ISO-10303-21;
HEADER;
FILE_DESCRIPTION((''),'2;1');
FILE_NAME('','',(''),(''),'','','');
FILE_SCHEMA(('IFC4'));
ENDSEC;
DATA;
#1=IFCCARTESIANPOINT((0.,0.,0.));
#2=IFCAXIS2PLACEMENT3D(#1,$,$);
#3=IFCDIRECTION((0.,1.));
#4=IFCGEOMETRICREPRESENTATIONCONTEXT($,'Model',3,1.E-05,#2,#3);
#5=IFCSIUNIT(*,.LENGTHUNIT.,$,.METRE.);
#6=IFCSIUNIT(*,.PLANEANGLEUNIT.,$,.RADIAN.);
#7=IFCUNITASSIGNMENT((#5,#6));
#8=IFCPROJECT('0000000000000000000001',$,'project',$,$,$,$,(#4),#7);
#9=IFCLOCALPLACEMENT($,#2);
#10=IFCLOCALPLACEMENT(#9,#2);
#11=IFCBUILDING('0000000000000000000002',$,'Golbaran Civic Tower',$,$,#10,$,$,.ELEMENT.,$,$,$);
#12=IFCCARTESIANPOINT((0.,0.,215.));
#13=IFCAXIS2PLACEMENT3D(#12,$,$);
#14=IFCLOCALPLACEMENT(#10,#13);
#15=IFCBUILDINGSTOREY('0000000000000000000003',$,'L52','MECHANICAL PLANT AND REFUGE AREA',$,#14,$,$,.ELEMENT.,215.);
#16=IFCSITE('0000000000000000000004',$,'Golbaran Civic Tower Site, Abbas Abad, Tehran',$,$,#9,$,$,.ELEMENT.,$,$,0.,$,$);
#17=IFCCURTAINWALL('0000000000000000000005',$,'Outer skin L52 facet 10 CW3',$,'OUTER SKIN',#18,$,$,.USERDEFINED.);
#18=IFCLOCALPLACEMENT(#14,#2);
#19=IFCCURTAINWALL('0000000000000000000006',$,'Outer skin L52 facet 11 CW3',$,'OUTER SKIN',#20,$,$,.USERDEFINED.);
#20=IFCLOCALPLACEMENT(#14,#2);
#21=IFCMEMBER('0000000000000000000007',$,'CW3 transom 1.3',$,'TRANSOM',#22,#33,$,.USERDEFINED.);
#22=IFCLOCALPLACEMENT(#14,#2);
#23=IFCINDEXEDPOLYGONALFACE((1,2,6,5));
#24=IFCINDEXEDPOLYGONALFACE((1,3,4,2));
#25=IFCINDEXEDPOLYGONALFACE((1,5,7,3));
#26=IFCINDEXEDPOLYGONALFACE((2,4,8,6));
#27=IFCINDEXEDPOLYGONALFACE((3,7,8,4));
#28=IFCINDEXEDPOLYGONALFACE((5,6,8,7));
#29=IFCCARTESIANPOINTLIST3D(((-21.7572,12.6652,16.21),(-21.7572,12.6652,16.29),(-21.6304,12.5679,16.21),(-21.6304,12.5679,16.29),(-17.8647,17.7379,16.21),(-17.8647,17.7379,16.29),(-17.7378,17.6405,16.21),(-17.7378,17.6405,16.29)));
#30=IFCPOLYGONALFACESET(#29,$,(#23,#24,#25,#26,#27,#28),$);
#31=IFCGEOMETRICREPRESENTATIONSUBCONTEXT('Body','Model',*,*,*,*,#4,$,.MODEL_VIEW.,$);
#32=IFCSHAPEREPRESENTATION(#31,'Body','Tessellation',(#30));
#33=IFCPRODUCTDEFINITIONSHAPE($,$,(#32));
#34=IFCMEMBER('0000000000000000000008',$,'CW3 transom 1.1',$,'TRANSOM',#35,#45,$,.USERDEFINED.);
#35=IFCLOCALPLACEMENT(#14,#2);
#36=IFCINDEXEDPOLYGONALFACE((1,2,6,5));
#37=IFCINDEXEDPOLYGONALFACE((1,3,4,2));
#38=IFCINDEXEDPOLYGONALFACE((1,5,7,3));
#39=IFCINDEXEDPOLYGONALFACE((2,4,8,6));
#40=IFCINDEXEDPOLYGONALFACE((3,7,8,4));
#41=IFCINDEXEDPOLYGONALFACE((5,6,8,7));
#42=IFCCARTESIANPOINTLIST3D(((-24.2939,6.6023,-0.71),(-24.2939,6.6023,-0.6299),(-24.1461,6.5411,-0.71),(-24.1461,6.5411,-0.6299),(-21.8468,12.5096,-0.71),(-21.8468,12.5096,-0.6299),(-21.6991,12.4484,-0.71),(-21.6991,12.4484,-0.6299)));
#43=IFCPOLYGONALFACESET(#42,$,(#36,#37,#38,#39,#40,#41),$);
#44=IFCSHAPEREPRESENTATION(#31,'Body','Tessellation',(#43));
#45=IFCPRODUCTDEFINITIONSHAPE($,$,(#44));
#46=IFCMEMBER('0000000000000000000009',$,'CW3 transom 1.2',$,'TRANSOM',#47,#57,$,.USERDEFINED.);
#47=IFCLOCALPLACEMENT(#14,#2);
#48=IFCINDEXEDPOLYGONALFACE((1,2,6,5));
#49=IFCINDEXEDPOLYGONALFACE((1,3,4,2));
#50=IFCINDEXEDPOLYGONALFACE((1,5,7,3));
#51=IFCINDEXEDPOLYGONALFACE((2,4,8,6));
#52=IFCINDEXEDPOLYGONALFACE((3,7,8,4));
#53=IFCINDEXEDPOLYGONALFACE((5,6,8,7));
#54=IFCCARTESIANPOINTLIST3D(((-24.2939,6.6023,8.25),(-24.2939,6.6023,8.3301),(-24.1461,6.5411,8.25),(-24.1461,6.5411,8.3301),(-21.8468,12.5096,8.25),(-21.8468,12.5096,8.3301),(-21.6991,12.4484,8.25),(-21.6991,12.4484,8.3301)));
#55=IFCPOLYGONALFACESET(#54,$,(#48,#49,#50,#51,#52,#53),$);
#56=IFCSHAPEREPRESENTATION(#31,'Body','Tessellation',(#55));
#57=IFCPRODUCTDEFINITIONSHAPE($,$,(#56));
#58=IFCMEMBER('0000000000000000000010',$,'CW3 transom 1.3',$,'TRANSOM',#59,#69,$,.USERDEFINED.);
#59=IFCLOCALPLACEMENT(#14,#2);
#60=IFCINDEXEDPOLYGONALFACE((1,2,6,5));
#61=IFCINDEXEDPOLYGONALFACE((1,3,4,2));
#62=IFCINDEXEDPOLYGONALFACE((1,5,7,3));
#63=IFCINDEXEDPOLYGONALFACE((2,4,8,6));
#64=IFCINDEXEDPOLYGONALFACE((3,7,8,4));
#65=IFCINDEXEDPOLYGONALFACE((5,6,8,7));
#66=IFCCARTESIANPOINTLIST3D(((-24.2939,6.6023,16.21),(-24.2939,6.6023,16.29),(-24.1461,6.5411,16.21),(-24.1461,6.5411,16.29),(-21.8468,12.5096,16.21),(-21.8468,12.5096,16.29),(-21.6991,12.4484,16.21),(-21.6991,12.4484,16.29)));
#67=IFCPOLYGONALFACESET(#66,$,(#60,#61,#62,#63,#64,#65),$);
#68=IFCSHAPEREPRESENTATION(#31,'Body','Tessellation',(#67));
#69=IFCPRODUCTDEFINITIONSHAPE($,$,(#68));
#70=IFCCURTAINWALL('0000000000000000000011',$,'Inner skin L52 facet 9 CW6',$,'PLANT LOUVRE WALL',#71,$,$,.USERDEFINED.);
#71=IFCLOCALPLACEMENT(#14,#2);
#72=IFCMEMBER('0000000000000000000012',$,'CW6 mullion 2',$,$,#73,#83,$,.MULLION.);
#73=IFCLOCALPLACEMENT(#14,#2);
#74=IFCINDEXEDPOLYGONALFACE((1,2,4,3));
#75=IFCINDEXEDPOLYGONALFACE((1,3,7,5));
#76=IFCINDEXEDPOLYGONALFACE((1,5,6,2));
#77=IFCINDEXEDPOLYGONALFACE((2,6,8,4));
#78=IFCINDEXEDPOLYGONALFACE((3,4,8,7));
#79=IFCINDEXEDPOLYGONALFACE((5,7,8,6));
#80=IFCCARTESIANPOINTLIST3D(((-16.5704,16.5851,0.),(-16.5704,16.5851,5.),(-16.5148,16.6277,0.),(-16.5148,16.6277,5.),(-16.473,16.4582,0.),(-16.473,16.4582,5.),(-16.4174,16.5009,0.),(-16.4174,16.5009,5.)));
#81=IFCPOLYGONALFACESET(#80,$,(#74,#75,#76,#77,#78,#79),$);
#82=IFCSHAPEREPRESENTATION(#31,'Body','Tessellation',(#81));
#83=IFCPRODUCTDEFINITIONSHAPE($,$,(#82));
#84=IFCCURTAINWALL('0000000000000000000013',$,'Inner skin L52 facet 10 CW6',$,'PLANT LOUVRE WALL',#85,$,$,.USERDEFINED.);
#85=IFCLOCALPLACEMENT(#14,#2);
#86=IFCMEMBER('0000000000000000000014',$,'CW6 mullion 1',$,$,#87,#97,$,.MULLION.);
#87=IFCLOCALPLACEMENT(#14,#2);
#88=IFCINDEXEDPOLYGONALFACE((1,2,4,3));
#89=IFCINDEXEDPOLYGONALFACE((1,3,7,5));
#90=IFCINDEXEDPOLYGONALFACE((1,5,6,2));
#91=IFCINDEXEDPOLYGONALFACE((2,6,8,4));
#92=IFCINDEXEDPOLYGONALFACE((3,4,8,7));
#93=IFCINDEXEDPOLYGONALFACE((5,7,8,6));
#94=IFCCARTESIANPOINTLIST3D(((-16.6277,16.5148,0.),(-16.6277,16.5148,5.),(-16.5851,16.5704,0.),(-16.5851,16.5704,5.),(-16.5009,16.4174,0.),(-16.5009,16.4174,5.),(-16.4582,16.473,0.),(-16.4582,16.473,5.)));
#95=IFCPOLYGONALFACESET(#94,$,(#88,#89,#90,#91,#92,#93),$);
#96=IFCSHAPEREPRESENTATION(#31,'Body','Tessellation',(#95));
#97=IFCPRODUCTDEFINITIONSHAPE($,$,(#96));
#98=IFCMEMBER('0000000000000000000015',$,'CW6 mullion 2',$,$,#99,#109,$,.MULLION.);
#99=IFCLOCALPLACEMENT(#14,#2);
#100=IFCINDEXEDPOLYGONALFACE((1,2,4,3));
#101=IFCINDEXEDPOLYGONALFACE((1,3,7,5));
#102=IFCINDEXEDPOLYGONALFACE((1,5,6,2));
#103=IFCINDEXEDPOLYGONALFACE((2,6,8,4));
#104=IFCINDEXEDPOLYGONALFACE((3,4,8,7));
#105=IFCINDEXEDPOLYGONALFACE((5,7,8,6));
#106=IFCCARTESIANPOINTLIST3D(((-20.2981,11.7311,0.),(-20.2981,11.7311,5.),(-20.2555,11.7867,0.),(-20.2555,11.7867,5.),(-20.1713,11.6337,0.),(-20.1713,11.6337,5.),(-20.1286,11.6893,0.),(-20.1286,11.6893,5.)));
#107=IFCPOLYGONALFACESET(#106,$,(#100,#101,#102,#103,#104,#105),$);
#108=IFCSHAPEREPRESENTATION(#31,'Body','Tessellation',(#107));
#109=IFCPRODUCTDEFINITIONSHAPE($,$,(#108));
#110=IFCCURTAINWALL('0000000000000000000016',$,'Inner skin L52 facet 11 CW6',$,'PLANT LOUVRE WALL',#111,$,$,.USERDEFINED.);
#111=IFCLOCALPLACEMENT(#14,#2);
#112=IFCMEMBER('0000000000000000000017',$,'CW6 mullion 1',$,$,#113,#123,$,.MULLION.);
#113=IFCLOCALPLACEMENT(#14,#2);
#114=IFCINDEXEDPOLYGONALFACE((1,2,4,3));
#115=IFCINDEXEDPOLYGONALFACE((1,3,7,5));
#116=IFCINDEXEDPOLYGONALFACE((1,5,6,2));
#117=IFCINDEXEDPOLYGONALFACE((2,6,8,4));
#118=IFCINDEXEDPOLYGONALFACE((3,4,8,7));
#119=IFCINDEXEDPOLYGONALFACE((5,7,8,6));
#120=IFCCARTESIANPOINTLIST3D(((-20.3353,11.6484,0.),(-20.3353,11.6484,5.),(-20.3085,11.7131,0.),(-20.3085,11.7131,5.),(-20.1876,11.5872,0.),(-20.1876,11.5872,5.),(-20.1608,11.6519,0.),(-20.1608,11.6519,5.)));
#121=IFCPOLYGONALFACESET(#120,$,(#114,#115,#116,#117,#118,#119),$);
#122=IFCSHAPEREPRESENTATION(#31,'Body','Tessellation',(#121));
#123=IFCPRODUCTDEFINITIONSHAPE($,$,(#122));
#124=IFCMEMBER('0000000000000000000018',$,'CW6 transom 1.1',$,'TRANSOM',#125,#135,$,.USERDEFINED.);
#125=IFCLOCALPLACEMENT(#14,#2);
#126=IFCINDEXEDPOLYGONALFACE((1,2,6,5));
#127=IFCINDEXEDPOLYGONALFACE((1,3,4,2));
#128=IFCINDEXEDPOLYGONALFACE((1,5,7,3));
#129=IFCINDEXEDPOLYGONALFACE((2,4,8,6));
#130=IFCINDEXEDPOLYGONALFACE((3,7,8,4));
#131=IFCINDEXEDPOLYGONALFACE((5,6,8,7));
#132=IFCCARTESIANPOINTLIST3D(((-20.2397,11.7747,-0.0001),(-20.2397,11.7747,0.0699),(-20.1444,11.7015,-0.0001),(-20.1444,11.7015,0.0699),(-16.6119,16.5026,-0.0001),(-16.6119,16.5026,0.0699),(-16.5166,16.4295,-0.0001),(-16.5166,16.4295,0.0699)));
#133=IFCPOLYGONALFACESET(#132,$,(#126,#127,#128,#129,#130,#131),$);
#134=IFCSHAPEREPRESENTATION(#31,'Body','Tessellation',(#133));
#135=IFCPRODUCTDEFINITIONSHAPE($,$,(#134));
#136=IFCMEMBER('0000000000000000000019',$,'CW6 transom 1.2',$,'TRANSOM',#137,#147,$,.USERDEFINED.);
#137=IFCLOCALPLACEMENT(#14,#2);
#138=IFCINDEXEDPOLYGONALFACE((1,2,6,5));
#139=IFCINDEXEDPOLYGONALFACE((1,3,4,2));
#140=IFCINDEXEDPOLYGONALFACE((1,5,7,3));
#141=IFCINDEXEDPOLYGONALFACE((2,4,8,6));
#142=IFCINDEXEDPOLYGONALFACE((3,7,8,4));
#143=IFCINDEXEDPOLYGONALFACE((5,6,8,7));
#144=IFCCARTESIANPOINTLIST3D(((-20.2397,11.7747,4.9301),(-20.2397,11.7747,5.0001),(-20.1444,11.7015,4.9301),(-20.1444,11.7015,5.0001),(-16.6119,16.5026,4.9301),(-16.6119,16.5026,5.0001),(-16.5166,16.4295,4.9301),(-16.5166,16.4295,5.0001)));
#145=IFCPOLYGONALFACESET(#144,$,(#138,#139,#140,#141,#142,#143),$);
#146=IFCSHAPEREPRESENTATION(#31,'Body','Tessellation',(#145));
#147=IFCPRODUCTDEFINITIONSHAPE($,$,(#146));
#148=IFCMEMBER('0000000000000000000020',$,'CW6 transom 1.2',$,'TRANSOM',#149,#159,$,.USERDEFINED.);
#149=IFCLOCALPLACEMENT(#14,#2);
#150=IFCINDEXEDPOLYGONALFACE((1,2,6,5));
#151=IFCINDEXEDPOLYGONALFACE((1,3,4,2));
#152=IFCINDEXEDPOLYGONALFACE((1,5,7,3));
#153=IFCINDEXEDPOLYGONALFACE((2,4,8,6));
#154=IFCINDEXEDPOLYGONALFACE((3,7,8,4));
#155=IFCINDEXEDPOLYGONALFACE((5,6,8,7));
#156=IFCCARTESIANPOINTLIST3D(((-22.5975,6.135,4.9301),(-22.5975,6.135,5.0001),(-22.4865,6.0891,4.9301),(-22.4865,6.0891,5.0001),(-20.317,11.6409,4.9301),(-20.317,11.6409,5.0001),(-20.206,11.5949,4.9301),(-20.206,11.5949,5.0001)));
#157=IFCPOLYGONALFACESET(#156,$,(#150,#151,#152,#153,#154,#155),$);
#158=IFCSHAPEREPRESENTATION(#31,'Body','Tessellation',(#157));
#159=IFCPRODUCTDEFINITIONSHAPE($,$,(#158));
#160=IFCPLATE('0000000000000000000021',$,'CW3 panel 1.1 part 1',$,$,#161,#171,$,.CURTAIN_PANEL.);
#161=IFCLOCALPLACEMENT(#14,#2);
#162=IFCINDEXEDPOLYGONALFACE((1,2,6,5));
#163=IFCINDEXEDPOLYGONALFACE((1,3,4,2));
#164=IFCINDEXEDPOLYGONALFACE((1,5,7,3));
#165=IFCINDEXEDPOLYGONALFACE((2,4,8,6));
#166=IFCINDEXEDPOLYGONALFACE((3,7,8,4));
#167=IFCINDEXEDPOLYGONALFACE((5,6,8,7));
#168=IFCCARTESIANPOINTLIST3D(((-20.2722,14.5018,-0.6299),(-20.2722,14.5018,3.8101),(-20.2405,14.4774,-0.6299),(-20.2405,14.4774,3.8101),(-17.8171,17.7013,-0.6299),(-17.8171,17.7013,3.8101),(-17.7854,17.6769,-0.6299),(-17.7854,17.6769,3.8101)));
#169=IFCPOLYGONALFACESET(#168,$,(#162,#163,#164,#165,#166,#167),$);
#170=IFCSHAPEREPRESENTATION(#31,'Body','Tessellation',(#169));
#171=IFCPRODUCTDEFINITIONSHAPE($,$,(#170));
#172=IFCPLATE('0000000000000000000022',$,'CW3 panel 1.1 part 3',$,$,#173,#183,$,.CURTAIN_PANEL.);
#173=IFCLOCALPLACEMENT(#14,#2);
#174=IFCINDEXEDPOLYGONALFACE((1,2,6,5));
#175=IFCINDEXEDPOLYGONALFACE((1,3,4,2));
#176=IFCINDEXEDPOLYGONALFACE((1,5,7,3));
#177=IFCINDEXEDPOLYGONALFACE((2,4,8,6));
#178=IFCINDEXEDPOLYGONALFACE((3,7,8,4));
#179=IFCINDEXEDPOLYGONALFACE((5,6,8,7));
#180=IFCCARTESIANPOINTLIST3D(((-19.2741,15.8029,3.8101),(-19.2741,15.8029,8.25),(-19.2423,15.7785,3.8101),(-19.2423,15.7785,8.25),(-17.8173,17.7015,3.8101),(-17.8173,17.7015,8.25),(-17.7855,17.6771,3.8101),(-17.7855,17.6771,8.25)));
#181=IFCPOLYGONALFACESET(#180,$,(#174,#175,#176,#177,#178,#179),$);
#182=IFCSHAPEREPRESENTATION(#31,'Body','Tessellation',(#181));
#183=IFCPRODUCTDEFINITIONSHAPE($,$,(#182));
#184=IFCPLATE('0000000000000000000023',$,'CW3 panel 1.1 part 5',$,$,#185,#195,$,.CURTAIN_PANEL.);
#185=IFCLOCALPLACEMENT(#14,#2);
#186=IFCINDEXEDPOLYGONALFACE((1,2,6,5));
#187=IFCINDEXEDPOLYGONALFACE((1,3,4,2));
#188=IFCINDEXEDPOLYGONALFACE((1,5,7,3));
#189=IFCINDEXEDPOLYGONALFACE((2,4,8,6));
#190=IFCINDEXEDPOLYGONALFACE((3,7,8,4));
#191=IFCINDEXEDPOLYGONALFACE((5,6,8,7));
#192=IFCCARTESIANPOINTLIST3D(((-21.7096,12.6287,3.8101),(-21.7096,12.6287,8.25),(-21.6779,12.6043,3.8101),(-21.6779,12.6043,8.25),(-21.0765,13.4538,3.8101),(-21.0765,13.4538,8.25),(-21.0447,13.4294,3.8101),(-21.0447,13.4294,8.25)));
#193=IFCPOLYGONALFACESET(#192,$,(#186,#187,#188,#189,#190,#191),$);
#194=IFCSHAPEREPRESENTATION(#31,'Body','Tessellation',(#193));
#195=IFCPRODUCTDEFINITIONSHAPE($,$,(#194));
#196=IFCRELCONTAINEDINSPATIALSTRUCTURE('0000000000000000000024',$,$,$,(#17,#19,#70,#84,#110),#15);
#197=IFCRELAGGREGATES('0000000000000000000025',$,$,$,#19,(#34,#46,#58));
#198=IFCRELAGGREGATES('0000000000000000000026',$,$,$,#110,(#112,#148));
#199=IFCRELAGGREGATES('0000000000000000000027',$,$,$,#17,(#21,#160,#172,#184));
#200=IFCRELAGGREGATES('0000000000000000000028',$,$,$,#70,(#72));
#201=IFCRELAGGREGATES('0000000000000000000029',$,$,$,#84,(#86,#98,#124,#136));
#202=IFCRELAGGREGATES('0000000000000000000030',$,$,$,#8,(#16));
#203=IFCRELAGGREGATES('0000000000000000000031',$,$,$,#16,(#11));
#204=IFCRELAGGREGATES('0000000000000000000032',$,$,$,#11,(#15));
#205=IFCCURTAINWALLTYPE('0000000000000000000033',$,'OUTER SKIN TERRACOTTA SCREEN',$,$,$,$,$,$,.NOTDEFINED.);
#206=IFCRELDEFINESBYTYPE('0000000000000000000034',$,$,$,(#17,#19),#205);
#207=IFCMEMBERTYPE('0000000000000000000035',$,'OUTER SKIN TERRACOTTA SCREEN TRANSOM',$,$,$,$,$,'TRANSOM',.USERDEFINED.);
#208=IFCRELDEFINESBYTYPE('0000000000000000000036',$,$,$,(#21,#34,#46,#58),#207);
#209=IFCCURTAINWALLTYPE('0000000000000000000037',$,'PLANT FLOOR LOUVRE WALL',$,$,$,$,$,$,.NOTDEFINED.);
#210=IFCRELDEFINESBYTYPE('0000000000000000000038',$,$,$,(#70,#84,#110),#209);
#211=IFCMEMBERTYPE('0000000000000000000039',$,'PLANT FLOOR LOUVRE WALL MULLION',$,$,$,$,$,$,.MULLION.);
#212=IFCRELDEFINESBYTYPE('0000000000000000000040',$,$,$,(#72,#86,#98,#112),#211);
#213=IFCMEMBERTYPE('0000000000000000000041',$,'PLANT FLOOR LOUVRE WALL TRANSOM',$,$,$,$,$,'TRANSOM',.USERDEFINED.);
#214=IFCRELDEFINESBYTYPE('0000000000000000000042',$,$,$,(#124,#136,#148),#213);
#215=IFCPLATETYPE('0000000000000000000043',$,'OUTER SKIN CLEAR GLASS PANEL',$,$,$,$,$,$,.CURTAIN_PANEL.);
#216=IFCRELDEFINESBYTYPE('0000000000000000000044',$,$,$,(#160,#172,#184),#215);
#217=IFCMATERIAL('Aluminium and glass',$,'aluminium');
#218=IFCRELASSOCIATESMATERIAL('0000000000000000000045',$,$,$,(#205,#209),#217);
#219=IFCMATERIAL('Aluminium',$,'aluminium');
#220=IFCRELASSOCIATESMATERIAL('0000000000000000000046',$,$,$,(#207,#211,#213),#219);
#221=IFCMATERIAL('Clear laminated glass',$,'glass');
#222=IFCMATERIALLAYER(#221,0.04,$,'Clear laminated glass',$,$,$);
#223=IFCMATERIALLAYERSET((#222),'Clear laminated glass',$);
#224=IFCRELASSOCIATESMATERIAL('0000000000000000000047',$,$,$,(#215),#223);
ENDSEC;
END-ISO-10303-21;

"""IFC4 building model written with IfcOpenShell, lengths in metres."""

from ifc_helpers import new_model, si_unit, direction, frame, origin, origin_2d, place, context, subcontext, project, spatial, rectangle, extrude, material, layer, layer_set, material_profile, profile_set, type_object, element, aggregate, save


model = new_model("IFC4")

# Units and contexts
model_context = context("Model", 3, precision=1e-05, world=origin(), true_north=direction((0.0, 1.0)))
body_context = subcontext(model_context, "Body", "Model", "MODEL_VIEW")
ifc_project = project(units=[si_unit("LENGTHUNIT", "METRE"), si_unit("PLANEANGLEUNIT", "RADIAN")], contexts=[model_context])

# Site, building, storey
site_placement = place(None, origin())
site = spatial("IfcSite", under=ifc_project, at=site_placement, Name="Golbaran Civic Tower Site, Abbas Abad, Tehran", CompositionType="ELEMENT", RefElevation=0.0)
building_placement = place(site_placement, origin())
building = spatial("IfcBuilding", under=site, at=building_placement, Name="Golbaran Civic Tower", CompositionType="ELEMENT")
storey_placement = place(building_placement, frame((0.0, 0.0, 215.0)))
storey = spatial("IfcBuildingStorey", under=building, at=storey_placement, Name="L52", Description="MECHANICAL PLANT AND REFUGE AREA", CompositionType="ELEMENT", Elevation=215.0)

# Curtain wall
ifc_material_1 = material(Name="Aluminium and glass", Category="aluminium")
curtain_wall_type_1 = type_object("IfcCurtainWallType", Name="OUTER SKIN TERRACOTTA SCREEN", PredefinedType="NOTDEFINED", material=ifc_material_1)
ifc_material_2 = material(Name="Aluminium", Category="aluminium")
curtain_wall_1_placement = place(storey_placement, origin())
curtain_wall_1 = element("IfcCurtainWall", 1, at=curtain_wall_1_placement, inside=storey, type_object=curtain_wall_type_1, Name="Outer skin L52 facet 10 CW3", ObjectType="OUTER SKIN", PredefinedType="USERDEFINED")

# Curtain wall
curtain_wall_2_placement = place(storey_placement, origin())
curtain_wall_2 = element("IfcCurtainWall", 2, at=curtain_wall_2_placement, inside=storey, type_object=curtain_wall_type_1, Name="Outer skin L52 facet 11 CW3", ObjectType="OUTER SKIN", PredefinedType="USERDEFINED")

# Members
ifc_material_profile_1 = material_profile(ifc_material_2, rectangle(XDim=0.1599, YDim=0.0801, at=origin_2d()), Name="OUTER SKIN TERRACOTTA SCREEN TRANSOM")
ifc_profile_set_1 = profile_set([ifc_material_profile_1], Name="Aluminium")
member_type_1 = type_object("IfcMemberType", Name="OUTER SKIN TERRACOTTA SCREEN TRANSOM", ElementType="TRANSOM", PredefinedType="USERDEFINED", material=ifc_profile_set_1)
member_1_placement = place(storey_placement, frame((-17.8013, 17.6892, 16.25), z_axis=(-0.608773, -0.793344, 0.0), x_axis=(0.793344, -0.608773, 0.0)))
member_1 = element("IfcMember", 3, at=member_1_placement, type_object=member_type_1, Name="CW3 transom 1.3", ObjectType="TRANSOM", PredefinedType="USERDEFINED", context=body_context, shape_type="SweptSolid", body=[
    extrude(rectangle(XDim=0.1599, YDim=0.0801, at=origin_2d()), origin(), (0.0, 0.0, 1.0), 6.394),
])
member_2_placement = place(storey_placement, frame((-21.7729, 12.479, -0.6699), z_axis=(-0.382706, -0.92387, 0.0), x_axis=(0.92387, -0.382706, 0.0)))
member_2 = element("IfcMember", 4, at=member_2_placement, type_object=member_type_1, Name="CW3 transom 1.1", ObjectType="TRANSOM", PredefinedType="USERDEFINED", context=body_context, shape_type="SweptSolid", body=[
    extrude(rectangle(XDim=0.1599, YDim=0.0801, at=origin_2d()), origin(), (0.0, 0.0, 1.0), 6.394),
])
member_3_placement = place(storey_placement, frame((-21.7729, 12.479, 8.29), z_axis=(-0.382706, -0.92387, 0.0), x_axis=(0.92387, -0.382706, 0.0)))
member_3 = element("IfcMember", 5, at=member_3_placement, type_object=member_type_1, Name="CW3 transom 1.2", ObjectType="TRANSOM", PredefinedType="USERDEFINED", context=body_context, shape_type="SweptSolid", body=[
    extrude(rectangle(XDim=0.1599, YDim=0.0801, at=origin_2d()), origin(), (0.0, 0.0, 1.0), 6.394),
])
member_4_placement = place(storey_placement, frame((-21.7729, 12.479, 16.25), z_axis=(-0.382706, -0.92387, 0.0), x_axis=(0.92387, -0.382706, 0.0)))
member_4 = element("IfcMember", 6, at=member_4_placement, type_object=member_type_1, Name="CW3 transom 1.3", ObjectType="TRANSOM", PredefinedType="USERDEFINED", context=body_context, shape_type="SweptSolid", body=[
    extrude(rectangle(XDim=0.1599, YDim=0.0801, at=origin_2d()), origin(), (0.0, 0.0, 1.0), 6.394),
])
aggregate(curtain_wall_2, [member_2, member_3, member_4])

# Curtain wall, member
curtain_wall_type_2 = type_object("IfcCurtainWallType", Name="PLANT FLOOR LOUVRE WALL", PredefinedType="NOTDEFINED", material=ifc_material_1)
curtain_wall_3_placement = place(storey_placement, origin())
curtain_wall_3 = element("IfcCurtainWall", 7, at=curtain_wall_3_placement, inside=storey, type_object=curtain_wall_type_2, Name="Inner skin L52 facet 9 CW6", ObjectType="PLANT LOUVRE WALL", PredefinedType="USERDEFINED")
ifc_material_profile_2 = material_profile(ifc_material_2, rectangle(XDim=0.1599, YDim=0.0701, at=origin_2d()), Name="PLANT FLOOR LOUVRE WALL MULLION")
ifc_profile_set_2 = profile_set([ifc_material_profile_2], Name="Aluminium")
member_type_2 = type_object("IfcMemberType", Name="PLANT FLOOR LOUVRE WALL MULLION", PredefinedType="MULLION", material=ifc_profile_set_2)
member_5_placement = place(storey_placement, frame((-16.4939, 16.543, 0.0), z_axis=(0.0, 0.0, 1.0), x_axis=(0.608761, -0.793353, 0.0)))
member_5 = element("IfcMember", 8, at=member_5_placement, type_object=member_type_2, Name="CW6 mullion 2", PredefinedType="MULLION", context=body_context, shape_type="SweptSolid", body=[
    extrude(rectangle(XDim=0.1599, YDim=0.0701, at=origin_2d()), origin(), (0.0, 0.0, 1.0), 5.0),
])

# Curtain wall, members
curtain_wall_4_placement = place(storey_placement, origin())
curtain_wall_4 = element("IfcCurtainWall", 9, at=curtain_wall_4_placement, inside=storey, type_object=curtain_wall_type_2, Name="Inner skin L52 facet 10 CW6", ObjectType="PLANT LOUVRE WALL", PredefinedType="USERDEFINED")
member_6_placement = place(storey_placement, frame((-16.543, 16.4939, 0.0), z_axis=(0.0, 0.0, 1.0), x_axis=(0.793353, -0.608761, 0.0)))
member_6 = element("IfcMember", 10, at=member_6_placement, type_object=member_type_2, Name="CW6 mullion 1", PredefinedType="MULLION", context=body_context, shape_type="SweptSolid", body=[
    extrude(rectangle(XDim=0.1599, YDim=0.0701, at=origin_2d()), origin(), (0.0, 0.0, 1.0), 5.0),
])
member_7_placement = place(storey_placement, frame((-20.2134, 11.7102, 0.0), z_axis=(0.0, 0.0, 1.0), x_axis=(0.793353, -0.608761, 0.0)))
member_7 = element("IfcMember", 11, at=member_7_placement, type_object=member_type_2, Name="CW6 mullion 2", PredefinedType="MULLION", context=body_context, shape_type="SweptSolid", body=[
    extrude(rectangle(XDim=0.1599, YDim=0.0701, at=origin_2d()), origin(), (0.0, 0.0, 1.0), 5.0),
])

# Curtain wall, member
curtain_wall_5_placement = place(storey_placement, origin())
curtain_wall_5 = element("IfcCurtainWall", 12, at=curtain_wall_5_placement, inside=storey, type_object=curtain_wall_type_2, Name="Inner skin L52 facet 11 CW6", ObjectType="PLANT LOUVRE WALL", PredefinedType="USERDEFINED")
member_8_placement = place(storey_placement, frame((-20.248, 11.6501, 0.0), z_axis=(0.0, 0.0, 1.0), x_axis=(0.92388, -0.382683, 0.0)))
member_8 = element("IfcMember", 13, at=member_8_placement, type_object=member_type_2, Name="CW6 mullion 1", PredefinedType="MULLION", context=body_context, shape_type="SweptSolid", body=[
    extrude(rectangle(XDim=0.1599, YDim=0.0701, at=origin_2d()), origin(), (0.0, 0.0, 1.0), 5.0),
])

# Members
ifc_material_profile_3 = material_profile(ifc_material_2, rectangle(XDim=0.1201, YDim=0.0701, at=origin_2d()), Name="PLANT FLOOR LOUVRE WALL TRANSOM")
ifc_profile_set_3 = profile_set([ifc_material_profile_3], Name="Aluminium")
member_type_3 = type_object("IfcMemberType", Name="PLANT FLOOR LOUVRE WALL TRANSOM", ElementType="TRANSOM", PredefinedType="USERDEFINED", material=ifc_profile_set_3)
member_9_placement = place(storey_placement, frame((-16.5642, 16.4661, 0.0349), z_axis=(-0.60876, -0.793354, 0.0), x_axis=(0.793354, -0.60876, 0.0)))
member_9 = element("IfcMember", 14, at=member_9_placement, type_object=member_type_3, Name="CW6 transom 1.1", ObjectType="TRANSOM", PredefinedType="USERDEFINED", context=body_context, shape_type="SweptSolid", body=[
    extrude(rectangle(XDim=0.1201, YDim=0.0701, at=origin_2d()), origin(), (0.0, 0.0, 1.0), 5.9595),
])
member_10_placement = place(storey_placement, frame((-16.5642, 16.4661, 4.9651), z_axis=(-0.60876, -0.793354, 0.0), x_axis=(0.793354, -0.60876, 0.0)))
member_10 = element("IfcMember", 15, at=member_10_placement, type_object=member_type_3, Name="CW6 transom 1.2", ObjectType="TRANSOM", PredefinedType="USERDEFINED", context=body_context, shape_type="SweptSolid", body=[
    extrude(rectangle(XDim=0.1201, YDim=0.0701, at=origin_2d()), origin(), (0.0, 0.0, 1.0), 5.9595),
])
member_11_placement = place(storey_placement, frame((-20.2615, 11.6179, 4.9651), z_axis=(-0.382671, -0.923885, 0.0), x_axis=(0.923885, -0.382671, 0.0)))
member_11 = element("IfcMember", 16, at=member_11_placement, type_object=member_type_3, Name="CW6 transom 1.2", ObjectType="TRANSOM", PredefinedType="USERDEFINED", context=body_context, shape_type="SweptSolid", body=[
    extrude(rectangle(XDim=0.1201, YDim=0.0701, at=origin_2d()), origin(), (0.0, 0.0, 1.0), 5.9595),
])
aggregate(curtain_wall_5, [member_8, member_11])

# Plates
ifc_material_3 = material(Name="Clear laminated glass", Category="glass")
ifc_layer_1 = layer(ifc_material_3, 0.04, Name="Clear laminated glass")
ifc_layer_set_1 = layer_set([ifc_layer_1], Name="Clear laminated glass")
plate_type_1 = type_object("IfcPlateType", Name="OUTER SKIN CLEAR GLASS PANEL", PredefinedType="CURTAIN_PANEL", material=ifc_layer_set_1)
plate_1_placement = place(storey_placement, frame((-19.0288, 16.0894, -0.6299), z_axis=(0.0, 0.0, 1.0), x_axis=(-0.608761, -0.793353, 0.0)))
plate_1 = element("IfcPlate", 17, at=plate_1_placement, type_object=plate_type_1, Name="CW3 panel 1.1 part 1", PredefinedType="CURTAIN_PANEL", context=body_context, shape_type="SweptSolid", body=[
    extrude(rectangle(XDim=4.033, YDim=0.04, at=origin_2d()), origin(), (0.0, 0.0, 1.0), 4.4399),
])
plate_2_placement = place(storey_placement, frame((-18.5298, 16.74, 3.8101), z_axis=(0.0, 0.0, 1.0), x_axis=(-0.608761, -0.793353, 0.0)))
plate_2 = element("IfcPlate", 18, at=plate_2_placement, type_object=plate_type_1, Name="CW3 panel 1.1 part 3", PredefinedType="CURTAIN_PANEL", context=body_context, shape_type="SweptSolid", body=[
    extrude(rectangle(XDim=2.3931, YDim=0.04, at=origin_2d()), origin(), (0.0, 0.0, 1.0), 4.4399),
])
plate_3_placement = place(storey_placement, frame((-21.3772, 13.0291, 3.8101), z_axis=(0.0, 0.0, 1.0), x_axis=(-0.608761, -0.793353, 0.0)))
plate_3 = element("IfcPlate", 19, at=plate_3_placement, type_object=plate_type_1, Name="CW3 panel 1.1 part 5", PredefinedType="CURTAIN_PANEL", context=body_context, shape_type="SweptSolid", body=[
    extrude(rectangle(XDim=1.04, YDim=0.04, at=origin_2d()), origin(), (0.0, 0.0, 1.0), 4.4399),
])
aggregate(curtain_wall_1, [member_1, plate_1, plate_2, plate_3])
aggregate(curtain_wall_3, [member_5])
aggregate(curtain_wall_4, [member_6, member_7, member_9, member_10])

save(model, "model.ifc")
